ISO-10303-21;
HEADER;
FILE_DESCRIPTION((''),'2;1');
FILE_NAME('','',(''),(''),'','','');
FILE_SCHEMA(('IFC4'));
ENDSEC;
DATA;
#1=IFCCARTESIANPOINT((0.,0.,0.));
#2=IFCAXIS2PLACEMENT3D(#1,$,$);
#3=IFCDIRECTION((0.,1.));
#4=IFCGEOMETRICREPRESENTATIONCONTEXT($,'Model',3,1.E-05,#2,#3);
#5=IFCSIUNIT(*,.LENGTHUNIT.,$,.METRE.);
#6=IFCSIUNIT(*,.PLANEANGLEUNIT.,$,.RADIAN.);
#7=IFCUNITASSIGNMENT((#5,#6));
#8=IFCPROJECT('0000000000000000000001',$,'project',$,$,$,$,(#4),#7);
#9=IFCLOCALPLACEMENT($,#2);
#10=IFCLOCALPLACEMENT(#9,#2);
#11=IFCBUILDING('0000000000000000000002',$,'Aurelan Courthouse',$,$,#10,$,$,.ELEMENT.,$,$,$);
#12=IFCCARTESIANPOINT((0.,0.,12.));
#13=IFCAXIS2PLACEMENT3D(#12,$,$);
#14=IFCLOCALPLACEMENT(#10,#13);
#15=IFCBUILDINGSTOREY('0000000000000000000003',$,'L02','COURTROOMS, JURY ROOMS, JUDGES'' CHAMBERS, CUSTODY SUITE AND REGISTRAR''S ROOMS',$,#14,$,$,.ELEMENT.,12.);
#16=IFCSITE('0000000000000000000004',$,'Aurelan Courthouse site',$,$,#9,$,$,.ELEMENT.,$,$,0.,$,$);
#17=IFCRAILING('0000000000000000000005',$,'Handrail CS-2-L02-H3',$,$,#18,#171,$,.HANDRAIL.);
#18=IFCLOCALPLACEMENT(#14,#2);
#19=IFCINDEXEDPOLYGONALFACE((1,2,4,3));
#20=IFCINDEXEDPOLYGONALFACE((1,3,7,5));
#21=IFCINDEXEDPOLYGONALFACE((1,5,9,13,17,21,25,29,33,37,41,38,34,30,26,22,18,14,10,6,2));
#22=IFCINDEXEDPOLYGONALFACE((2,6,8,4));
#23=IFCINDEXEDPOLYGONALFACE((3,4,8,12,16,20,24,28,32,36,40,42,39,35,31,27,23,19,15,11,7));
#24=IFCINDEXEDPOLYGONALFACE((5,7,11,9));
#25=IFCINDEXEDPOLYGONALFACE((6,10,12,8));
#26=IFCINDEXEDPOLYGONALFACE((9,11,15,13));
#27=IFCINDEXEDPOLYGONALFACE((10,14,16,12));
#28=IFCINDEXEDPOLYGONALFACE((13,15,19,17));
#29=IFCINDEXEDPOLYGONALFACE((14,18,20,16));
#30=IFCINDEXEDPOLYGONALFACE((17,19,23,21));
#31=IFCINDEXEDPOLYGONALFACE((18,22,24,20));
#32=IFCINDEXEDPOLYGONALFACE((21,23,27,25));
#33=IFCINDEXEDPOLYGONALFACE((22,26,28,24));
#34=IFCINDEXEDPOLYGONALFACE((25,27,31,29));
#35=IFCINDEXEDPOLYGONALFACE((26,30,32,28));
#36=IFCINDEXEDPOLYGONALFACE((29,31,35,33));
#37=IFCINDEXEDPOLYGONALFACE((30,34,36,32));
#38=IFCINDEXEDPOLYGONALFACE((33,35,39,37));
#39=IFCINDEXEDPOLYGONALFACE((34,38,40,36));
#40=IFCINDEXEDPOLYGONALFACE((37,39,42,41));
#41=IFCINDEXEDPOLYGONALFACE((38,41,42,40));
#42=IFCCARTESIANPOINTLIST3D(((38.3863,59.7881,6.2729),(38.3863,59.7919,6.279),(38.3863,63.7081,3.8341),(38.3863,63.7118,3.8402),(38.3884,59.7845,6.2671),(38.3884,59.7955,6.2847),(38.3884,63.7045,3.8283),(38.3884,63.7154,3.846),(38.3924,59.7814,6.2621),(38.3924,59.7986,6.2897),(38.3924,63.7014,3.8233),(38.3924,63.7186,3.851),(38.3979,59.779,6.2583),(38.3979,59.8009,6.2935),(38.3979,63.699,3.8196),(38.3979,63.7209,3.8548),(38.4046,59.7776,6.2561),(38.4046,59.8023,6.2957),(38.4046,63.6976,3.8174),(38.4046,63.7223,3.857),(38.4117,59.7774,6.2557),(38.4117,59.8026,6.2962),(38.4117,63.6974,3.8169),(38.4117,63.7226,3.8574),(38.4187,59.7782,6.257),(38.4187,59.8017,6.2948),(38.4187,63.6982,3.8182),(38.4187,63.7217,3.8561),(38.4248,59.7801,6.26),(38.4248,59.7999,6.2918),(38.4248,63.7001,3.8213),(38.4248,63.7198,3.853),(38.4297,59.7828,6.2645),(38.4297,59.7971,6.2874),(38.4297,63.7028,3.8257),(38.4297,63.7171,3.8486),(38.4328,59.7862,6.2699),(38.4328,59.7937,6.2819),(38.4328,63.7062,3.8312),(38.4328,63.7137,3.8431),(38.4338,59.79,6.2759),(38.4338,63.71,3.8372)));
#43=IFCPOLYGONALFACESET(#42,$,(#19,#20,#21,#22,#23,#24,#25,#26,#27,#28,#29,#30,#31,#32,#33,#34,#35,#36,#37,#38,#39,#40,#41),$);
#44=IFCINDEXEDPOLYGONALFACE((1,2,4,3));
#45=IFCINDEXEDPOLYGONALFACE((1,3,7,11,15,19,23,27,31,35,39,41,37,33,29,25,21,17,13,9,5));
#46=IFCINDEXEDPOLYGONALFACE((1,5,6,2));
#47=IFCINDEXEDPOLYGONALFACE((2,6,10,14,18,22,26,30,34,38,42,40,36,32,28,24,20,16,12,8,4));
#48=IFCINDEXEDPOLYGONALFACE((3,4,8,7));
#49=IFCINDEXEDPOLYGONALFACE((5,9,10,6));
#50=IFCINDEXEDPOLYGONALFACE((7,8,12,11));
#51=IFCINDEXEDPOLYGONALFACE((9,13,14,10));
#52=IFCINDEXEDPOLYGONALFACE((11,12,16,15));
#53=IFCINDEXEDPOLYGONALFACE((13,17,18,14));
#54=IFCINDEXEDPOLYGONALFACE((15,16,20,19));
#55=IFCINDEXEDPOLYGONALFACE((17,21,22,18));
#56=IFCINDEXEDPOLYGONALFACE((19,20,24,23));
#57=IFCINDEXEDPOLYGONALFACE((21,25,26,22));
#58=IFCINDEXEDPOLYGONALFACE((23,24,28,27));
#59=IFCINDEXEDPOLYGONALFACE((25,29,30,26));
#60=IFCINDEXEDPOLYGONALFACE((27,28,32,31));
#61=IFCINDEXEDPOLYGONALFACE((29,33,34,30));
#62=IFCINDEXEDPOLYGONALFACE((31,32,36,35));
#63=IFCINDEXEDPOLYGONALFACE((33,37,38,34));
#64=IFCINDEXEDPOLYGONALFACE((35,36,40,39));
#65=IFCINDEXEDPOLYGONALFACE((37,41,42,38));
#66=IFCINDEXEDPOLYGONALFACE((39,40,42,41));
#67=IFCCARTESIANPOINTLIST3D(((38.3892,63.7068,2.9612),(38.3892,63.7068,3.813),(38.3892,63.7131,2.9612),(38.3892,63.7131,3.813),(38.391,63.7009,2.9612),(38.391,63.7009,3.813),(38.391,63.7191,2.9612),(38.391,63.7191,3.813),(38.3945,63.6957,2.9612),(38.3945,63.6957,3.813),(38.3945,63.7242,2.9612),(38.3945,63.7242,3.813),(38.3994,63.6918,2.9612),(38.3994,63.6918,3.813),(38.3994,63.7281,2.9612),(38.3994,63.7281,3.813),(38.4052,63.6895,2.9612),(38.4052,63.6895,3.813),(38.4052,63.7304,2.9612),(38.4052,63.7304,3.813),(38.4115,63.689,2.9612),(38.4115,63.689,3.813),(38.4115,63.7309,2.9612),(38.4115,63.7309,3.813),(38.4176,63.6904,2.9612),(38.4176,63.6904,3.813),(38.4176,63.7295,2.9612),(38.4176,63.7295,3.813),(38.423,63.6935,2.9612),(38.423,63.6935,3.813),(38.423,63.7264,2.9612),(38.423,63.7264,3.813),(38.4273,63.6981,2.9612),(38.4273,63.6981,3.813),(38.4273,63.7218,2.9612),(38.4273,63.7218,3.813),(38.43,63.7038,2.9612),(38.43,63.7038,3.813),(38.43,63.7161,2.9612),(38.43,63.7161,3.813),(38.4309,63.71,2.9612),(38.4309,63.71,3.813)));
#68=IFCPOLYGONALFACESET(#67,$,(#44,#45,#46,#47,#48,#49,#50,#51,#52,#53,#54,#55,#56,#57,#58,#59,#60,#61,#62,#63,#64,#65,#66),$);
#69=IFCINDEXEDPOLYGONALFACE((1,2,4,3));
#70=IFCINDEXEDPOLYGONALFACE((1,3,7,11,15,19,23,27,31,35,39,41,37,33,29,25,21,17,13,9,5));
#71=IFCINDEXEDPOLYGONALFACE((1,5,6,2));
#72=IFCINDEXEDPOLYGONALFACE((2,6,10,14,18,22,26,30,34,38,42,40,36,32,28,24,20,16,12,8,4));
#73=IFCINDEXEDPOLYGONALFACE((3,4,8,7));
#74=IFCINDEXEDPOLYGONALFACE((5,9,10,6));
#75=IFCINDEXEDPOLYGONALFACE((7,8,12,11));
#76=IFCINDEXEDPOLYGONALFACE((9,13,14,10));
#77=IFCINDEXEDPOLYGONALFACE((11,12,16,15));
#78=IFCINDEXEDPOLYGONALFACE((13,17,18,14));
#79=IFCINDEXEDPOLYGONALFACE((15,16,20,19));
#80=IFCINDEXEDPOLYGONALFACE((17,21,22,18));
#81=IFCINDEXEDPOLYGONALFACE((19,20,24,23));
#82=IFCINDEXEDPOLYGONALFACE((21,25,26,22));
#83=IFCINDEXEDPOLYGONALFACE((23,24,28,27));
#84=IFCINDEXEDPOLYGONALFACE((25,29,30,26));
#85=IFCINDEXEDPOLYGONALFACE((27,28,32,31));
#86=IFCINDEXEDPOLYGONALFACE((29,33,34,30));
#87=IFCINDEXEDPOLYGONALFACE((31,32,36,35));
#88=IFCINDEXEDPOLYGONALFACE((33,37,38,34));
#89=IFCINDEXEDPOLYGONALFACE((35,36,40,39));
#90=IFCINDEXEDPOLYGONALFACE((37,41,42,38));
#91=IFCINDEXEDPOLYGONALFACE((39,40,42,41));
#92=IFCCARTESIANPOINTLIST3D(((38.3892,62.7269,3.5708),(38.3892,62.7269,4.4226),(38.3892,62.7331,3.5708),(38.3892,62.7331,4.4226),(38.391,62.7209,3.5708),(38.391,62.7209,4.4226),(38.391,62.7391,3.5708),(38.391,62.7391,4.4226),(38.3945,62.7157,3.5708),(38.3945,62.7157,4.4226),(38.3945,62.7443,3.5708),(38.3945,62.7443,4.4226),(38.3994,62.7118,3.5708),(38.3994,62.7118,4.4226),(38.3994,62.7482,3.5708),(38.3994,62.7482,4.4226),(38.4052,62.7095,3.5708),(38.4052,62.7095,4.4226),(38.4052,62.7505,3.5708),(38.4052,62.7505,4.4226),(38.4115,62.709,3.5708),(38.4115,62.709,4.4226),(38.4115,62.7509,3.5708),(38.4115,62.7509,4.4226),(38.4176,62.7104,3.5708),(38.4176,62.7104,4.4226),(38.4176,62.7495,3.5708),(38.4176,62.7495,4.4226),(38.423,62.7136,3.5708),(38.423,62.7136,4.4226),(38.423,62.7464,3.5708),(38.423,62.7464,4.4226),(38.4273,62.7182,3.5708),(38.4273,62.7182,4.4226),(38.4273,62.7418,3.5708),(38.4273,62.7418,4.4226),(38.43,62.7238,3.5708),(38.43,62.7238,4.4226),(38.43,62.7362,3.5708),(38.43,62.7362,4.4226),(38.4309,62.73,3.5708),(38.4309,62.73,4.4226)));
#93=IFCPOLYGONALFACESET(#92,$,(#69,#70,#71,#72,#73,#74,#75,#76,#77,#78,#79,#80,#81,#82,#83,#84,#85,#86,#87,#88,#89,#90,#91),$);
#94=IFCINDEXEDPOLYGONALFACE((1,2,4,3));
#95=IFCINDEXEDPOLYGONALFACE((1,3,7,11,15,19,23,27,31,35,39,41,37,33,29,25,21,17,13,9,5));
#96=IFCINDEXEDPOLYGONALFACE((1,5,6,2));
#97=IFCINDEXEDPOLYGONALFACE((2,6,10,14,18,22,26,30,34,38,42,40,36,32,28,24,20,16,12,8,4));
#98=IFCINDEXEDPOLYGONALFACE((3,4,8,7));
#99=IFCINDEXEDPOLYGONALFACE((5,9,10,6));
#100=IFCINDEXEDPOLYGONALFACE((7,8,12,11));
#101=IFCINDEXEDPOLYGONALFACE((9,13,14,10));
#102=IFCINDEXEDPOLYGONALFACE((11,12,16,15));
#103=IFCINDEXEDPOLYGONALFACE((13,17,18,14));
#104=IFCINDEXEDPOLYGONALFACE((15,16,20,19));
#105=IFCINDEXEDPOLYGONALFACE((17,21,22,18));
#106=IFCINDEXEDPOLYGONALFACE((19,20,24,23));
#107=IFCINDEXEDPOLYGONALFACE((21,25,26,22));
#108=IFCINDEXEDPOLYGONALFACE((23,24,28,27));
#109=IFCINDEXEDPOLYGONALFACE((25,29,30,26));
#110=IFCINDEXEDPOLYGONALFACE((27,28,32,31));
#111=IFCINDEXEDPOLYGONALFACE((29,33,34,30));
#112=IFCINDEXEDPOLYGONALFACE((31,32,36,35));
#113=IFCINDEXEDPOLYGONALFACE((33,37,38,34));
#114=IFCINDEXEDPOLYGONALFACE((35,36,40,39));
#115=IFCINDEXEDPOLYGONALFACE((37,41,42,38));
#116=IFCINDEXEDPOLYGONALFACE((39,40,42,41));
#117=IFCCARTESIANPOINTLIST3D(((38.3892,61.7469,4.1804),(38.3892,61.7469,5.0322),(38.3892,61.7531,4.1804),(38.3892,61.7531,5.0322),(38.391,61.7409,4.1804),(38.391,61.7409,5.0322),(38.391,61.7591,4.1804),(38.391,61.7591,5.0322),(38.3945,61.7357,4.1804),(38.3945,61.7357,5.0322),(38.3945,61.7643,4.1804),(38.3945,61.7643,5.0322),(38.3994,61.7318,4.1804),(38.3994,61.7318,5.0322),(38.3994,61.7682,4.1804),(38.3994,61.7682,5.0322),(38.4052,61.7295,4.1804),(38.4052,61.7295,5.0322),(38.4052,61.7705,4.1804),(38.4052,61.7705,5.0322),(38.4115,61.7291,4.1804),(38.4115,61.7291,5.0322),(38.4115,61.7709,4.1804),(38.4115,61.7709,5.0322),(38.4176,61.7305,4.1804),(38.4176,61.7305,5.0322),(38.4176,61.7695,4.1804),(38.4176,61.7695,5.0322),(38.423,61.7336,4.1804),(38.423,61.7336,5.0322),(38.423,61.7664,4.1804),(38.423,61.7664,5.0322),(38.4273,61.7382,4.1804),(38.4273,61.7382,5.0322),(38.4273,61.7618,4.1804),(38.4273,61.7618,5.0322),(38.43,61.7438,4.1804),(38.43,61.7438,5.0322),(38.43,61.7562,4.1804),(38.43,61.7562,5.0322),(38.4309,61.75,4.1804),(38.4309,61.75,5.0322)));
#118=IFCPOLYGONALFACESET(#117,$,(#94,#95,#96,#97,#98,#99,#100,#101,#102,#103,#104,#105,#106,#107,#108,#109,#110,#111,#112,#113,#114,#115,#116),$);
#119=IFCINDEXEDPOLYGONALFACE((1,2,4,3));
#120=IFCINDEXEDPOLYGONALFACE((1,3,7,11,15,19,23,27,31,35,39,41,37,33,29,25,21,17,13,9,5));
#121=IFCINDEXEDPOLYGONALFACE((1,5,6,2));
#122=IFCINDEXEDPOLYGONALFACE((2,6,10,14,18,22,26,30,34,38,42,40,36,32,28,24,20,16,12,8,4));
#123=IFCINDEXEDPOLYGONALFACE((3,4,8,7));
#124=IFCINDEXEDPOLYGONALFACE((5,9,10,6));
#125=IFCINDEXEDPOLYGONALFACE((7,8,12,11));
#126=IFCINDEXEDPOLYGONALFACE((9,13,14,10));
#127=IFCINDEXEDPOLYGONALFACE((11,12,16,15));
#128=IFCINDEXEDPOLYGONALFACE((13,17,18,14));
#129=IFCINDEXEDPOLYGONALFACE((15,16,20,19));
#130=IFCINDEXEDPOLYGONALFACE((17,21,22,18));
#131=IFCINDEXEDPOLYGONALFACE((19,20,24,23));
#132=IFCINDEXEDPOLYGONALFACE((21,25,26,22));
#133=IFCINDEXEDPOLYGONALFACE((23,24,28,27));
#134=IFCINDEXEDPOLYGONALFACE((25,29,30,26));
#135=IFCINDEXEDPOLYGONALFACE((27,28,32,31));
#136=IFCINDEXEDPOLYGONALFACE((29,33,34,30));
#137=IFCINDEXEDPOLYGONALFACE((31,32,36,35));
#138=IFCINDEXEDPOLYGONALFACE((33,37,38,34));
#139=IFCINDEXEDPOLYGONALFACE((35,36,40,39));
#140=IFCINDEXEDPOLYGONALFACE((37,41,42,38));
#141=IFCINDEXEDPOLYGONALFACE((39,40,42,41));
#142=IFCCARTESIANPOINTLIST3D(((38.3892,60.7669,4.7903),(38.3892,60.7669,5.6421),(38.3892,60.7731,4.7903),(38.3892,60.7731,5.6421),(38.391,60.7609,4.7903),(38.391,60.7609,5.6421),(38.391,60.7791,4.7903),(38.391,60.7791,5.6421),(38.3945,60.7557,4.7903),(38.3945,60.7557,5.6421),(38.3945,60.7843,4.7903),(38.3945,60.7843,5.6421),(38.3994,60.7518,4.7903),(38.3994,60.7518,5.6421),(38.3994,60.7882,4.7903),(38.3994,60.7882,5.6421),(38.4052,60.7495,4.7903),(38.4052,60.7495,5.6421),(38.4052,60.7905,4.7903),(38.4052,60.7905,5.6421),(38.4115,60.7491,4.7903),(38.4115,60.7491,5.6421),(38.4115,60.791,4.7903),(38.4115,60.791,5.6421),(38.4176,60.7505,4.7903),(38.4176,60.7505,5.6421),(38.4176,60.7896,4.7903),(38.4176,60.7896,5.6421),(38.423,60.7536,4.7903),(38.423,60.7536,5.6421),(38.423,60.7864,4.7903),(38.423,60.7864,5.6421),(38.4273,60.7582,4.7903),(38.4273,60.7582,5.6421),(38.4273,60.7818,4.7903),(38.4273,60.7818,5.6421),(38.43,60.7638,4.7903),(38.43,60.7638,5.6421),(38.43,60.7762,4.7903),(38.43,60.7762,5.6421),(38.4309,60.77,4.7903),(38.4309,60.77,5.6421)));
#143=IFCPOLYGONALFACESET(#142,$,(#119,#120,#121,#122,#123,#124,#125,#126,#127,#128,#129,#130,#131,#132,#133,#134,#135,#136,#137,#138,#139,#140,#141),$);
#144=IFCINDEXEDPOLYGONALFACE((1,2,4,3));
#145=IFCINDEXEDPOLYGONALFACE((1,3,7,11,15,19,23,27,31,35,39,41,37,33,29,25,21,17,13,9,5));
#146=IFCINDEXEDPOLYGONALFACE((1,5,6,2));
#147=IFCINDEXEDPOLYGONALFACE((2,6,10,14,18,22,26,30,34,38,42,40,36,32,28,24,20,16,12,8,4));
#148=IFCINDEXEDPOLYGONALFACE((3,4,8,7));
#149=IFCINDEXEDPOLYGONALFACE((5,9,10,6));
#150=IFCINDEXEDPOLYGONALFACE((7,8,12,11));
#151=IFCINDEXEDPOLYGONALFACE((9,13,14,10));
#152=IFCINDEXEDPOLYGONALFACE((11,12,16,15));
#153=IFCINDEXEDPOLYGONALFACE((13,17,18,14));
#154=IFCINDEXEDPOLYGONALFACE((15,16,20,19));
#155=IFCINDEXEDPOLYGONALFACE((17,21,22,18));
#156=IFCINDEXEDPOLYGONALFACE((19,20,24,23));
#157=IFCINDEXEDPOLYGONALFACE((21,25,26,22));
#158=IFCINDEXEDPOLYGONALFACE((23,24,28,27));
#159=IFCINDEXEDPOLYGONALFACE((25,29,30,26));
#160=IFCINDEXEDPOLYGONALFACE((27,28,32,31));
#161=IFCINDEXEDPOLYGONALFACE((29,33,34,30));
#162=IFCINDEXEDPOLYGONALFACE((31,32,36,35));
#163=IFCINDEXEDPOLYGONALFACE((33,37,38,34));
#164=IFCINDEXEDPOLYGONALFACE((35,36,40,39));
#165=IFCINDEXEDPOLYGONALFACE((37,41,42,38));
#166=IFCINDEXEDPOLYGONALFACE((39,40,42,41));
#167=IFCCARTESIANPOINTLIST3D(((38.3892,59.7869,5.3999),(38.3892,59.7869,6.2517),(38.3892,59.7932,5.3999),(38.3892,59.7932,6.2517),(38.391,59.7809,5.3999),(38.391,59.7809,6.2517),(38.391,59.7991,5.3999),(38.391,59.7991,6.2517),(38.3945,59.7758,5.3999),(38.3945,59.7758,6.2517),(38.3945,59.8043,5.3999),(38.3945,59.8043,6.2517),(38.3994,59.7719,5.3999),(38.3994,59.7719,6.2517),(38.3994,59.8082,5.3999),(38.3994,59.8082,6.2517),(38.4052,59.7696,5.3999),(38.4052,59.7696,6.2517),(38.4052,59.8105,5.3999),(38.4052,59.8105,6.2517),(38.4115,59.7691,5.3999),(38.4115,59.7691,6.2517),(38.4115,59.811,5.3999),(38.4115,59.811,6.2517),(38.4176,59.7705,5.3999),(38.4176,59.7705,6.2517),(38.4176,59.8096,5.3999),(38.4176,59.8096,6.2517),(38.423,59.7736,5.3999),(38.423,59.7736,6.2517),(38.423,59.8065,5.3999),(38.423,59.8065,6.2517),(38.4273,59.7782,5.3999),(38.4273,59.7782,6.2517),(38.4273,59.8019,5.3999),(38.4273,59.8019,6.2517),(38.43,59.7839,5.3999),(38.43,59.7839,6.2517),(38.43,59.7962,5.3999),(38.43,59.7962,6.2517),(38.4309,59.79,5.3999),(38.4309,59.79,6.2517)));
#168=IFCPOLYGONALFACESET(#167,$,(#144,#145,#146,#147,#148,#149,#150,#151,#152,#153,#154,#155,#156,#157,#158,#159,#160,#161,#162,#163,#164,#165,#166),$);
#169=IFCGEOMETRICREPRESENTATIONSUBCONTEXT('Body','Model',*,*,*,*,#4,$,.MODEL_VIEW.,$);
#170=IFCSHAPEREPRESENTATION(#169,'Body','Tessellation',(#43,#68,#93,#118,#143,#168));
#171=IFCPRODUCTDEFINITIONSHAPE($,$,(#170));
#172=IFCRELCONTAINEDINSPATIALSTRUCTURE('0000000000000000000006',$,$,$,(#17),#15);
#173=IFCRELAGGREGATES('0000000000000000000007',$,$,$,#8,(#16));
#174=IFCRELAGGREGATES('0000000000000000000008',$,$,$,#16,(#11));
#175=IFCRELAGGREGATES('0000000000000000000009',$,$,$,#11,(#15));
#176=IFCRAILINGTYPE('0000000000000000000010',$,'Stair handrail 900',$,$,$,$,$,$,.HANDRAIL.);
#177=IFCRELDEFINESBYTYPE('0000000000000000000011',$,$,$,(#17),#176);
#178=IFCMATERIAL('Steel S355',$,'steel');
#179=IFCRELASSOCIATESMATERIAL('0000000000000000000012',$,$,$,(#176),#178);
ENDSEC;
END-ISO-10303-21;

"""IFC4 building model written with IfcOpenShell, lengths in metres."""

from ifc_helpers import new_model, si_unit, direction, frame, origin, origin_2d, place, context, subcontext, project, spatial, circle, extrude, material, type_object, element, save


model = new_model("IFC4")

# Units and contexts
model_context = context("Model", 3, precision=1e-05, world=origin(), true_north=direction((0.0, 1.0)))
body_context = subcontext(model_context, "Body", "Model", "MODEL_VIEW")
ifc_project = project(units=[si_unit("LENGTHUNIT", "METRE"), si_unit("PLANEANGLEUNIT", "RADIAN")], contexts=[model_context])

# Site, building, storey
site_placement = place(None, origin())
site = spatial("IfcSite", under=ifc_project, at=site_placement, Name="Aurelan Courthouse site", CompositionType="ELEMENT", RefElevation=0.0)
building_placement = place(site_placement, origin())
building = spatial("IfcBuilding", under=site, at=building_placement, Name="Aurelan Courthouse", CompositionType="ELEMENT")
storey_placement = place(building_placement, frame((0.0, 0.0, 12.0)))
storey = spatial("IfcBuildingStorey", under=building, at=storey_placement, Name="L02", Description="COURTROOMS, JURY ROOMS, JUDGES' CHAMBERS, CUSTODY SUITE AND REGISTRAR'S ROOMS", CompositionType="ELEMENT", Elevation=12.0)

# Railing
ifc_material_1 = material(Name="Steel S355", Category="steel")
railing_type_1 = type_object("IfcRailingType", Name="Stair handrail 900", PredefinedType="HANDRAIL", material=ifc_material_1)
for number, where, name in (
    (1, (38.4099, 63.71, 2.9612), "Handrail CS-2-L02-H3"),
):
    element("IfcRailing", number, at=place(storey_placement, frame(where)), inside=storey, type_object=railing_type_1, Name=name, PredefinedType="HANDRAIL", context=body_context, shape_type="SweptSolid", body=[
        extrude(circle(Radius=0.0239, at=origin_2d()), frame((0.0, 0.0, 0.876), z_axis=(0.0, -0.84909, 0.528249), x_axis=(1.0, 0.0, 0.0)), (0.0, 0.0, 1.0), 4.6167),
        extrude(circle(Radius=0.021, at=origin_2d()), origin(), (0.0, 0.0, 1.0), 0.8518),
        extrude(circle(Radius=0.021, at=origin_2d()), frame((0.0, -0.98, 0.6096)), (0.0, 0.0, 1.0), 0.8518),
        extrude(circle(Radius=0.021, at=origin_2d()), frame((0.0, -1.96, 1.2192)), (0.0, 0.0, 1.0), 0.8518),
        extrude(circle(Radius=0.021, at=origin_2d()), frame((0.0, -2.9399, 1.8291)), (0.0, 0.0, 1.0), 0.8518),
        extrude(circle(Radius=0.021, at=origin_2d()), frame((0.0, -3.9199, 2.4387)), (0.0, 0.0, 1.0), 0.8518),
    ])

save(model, "model.ifc")
